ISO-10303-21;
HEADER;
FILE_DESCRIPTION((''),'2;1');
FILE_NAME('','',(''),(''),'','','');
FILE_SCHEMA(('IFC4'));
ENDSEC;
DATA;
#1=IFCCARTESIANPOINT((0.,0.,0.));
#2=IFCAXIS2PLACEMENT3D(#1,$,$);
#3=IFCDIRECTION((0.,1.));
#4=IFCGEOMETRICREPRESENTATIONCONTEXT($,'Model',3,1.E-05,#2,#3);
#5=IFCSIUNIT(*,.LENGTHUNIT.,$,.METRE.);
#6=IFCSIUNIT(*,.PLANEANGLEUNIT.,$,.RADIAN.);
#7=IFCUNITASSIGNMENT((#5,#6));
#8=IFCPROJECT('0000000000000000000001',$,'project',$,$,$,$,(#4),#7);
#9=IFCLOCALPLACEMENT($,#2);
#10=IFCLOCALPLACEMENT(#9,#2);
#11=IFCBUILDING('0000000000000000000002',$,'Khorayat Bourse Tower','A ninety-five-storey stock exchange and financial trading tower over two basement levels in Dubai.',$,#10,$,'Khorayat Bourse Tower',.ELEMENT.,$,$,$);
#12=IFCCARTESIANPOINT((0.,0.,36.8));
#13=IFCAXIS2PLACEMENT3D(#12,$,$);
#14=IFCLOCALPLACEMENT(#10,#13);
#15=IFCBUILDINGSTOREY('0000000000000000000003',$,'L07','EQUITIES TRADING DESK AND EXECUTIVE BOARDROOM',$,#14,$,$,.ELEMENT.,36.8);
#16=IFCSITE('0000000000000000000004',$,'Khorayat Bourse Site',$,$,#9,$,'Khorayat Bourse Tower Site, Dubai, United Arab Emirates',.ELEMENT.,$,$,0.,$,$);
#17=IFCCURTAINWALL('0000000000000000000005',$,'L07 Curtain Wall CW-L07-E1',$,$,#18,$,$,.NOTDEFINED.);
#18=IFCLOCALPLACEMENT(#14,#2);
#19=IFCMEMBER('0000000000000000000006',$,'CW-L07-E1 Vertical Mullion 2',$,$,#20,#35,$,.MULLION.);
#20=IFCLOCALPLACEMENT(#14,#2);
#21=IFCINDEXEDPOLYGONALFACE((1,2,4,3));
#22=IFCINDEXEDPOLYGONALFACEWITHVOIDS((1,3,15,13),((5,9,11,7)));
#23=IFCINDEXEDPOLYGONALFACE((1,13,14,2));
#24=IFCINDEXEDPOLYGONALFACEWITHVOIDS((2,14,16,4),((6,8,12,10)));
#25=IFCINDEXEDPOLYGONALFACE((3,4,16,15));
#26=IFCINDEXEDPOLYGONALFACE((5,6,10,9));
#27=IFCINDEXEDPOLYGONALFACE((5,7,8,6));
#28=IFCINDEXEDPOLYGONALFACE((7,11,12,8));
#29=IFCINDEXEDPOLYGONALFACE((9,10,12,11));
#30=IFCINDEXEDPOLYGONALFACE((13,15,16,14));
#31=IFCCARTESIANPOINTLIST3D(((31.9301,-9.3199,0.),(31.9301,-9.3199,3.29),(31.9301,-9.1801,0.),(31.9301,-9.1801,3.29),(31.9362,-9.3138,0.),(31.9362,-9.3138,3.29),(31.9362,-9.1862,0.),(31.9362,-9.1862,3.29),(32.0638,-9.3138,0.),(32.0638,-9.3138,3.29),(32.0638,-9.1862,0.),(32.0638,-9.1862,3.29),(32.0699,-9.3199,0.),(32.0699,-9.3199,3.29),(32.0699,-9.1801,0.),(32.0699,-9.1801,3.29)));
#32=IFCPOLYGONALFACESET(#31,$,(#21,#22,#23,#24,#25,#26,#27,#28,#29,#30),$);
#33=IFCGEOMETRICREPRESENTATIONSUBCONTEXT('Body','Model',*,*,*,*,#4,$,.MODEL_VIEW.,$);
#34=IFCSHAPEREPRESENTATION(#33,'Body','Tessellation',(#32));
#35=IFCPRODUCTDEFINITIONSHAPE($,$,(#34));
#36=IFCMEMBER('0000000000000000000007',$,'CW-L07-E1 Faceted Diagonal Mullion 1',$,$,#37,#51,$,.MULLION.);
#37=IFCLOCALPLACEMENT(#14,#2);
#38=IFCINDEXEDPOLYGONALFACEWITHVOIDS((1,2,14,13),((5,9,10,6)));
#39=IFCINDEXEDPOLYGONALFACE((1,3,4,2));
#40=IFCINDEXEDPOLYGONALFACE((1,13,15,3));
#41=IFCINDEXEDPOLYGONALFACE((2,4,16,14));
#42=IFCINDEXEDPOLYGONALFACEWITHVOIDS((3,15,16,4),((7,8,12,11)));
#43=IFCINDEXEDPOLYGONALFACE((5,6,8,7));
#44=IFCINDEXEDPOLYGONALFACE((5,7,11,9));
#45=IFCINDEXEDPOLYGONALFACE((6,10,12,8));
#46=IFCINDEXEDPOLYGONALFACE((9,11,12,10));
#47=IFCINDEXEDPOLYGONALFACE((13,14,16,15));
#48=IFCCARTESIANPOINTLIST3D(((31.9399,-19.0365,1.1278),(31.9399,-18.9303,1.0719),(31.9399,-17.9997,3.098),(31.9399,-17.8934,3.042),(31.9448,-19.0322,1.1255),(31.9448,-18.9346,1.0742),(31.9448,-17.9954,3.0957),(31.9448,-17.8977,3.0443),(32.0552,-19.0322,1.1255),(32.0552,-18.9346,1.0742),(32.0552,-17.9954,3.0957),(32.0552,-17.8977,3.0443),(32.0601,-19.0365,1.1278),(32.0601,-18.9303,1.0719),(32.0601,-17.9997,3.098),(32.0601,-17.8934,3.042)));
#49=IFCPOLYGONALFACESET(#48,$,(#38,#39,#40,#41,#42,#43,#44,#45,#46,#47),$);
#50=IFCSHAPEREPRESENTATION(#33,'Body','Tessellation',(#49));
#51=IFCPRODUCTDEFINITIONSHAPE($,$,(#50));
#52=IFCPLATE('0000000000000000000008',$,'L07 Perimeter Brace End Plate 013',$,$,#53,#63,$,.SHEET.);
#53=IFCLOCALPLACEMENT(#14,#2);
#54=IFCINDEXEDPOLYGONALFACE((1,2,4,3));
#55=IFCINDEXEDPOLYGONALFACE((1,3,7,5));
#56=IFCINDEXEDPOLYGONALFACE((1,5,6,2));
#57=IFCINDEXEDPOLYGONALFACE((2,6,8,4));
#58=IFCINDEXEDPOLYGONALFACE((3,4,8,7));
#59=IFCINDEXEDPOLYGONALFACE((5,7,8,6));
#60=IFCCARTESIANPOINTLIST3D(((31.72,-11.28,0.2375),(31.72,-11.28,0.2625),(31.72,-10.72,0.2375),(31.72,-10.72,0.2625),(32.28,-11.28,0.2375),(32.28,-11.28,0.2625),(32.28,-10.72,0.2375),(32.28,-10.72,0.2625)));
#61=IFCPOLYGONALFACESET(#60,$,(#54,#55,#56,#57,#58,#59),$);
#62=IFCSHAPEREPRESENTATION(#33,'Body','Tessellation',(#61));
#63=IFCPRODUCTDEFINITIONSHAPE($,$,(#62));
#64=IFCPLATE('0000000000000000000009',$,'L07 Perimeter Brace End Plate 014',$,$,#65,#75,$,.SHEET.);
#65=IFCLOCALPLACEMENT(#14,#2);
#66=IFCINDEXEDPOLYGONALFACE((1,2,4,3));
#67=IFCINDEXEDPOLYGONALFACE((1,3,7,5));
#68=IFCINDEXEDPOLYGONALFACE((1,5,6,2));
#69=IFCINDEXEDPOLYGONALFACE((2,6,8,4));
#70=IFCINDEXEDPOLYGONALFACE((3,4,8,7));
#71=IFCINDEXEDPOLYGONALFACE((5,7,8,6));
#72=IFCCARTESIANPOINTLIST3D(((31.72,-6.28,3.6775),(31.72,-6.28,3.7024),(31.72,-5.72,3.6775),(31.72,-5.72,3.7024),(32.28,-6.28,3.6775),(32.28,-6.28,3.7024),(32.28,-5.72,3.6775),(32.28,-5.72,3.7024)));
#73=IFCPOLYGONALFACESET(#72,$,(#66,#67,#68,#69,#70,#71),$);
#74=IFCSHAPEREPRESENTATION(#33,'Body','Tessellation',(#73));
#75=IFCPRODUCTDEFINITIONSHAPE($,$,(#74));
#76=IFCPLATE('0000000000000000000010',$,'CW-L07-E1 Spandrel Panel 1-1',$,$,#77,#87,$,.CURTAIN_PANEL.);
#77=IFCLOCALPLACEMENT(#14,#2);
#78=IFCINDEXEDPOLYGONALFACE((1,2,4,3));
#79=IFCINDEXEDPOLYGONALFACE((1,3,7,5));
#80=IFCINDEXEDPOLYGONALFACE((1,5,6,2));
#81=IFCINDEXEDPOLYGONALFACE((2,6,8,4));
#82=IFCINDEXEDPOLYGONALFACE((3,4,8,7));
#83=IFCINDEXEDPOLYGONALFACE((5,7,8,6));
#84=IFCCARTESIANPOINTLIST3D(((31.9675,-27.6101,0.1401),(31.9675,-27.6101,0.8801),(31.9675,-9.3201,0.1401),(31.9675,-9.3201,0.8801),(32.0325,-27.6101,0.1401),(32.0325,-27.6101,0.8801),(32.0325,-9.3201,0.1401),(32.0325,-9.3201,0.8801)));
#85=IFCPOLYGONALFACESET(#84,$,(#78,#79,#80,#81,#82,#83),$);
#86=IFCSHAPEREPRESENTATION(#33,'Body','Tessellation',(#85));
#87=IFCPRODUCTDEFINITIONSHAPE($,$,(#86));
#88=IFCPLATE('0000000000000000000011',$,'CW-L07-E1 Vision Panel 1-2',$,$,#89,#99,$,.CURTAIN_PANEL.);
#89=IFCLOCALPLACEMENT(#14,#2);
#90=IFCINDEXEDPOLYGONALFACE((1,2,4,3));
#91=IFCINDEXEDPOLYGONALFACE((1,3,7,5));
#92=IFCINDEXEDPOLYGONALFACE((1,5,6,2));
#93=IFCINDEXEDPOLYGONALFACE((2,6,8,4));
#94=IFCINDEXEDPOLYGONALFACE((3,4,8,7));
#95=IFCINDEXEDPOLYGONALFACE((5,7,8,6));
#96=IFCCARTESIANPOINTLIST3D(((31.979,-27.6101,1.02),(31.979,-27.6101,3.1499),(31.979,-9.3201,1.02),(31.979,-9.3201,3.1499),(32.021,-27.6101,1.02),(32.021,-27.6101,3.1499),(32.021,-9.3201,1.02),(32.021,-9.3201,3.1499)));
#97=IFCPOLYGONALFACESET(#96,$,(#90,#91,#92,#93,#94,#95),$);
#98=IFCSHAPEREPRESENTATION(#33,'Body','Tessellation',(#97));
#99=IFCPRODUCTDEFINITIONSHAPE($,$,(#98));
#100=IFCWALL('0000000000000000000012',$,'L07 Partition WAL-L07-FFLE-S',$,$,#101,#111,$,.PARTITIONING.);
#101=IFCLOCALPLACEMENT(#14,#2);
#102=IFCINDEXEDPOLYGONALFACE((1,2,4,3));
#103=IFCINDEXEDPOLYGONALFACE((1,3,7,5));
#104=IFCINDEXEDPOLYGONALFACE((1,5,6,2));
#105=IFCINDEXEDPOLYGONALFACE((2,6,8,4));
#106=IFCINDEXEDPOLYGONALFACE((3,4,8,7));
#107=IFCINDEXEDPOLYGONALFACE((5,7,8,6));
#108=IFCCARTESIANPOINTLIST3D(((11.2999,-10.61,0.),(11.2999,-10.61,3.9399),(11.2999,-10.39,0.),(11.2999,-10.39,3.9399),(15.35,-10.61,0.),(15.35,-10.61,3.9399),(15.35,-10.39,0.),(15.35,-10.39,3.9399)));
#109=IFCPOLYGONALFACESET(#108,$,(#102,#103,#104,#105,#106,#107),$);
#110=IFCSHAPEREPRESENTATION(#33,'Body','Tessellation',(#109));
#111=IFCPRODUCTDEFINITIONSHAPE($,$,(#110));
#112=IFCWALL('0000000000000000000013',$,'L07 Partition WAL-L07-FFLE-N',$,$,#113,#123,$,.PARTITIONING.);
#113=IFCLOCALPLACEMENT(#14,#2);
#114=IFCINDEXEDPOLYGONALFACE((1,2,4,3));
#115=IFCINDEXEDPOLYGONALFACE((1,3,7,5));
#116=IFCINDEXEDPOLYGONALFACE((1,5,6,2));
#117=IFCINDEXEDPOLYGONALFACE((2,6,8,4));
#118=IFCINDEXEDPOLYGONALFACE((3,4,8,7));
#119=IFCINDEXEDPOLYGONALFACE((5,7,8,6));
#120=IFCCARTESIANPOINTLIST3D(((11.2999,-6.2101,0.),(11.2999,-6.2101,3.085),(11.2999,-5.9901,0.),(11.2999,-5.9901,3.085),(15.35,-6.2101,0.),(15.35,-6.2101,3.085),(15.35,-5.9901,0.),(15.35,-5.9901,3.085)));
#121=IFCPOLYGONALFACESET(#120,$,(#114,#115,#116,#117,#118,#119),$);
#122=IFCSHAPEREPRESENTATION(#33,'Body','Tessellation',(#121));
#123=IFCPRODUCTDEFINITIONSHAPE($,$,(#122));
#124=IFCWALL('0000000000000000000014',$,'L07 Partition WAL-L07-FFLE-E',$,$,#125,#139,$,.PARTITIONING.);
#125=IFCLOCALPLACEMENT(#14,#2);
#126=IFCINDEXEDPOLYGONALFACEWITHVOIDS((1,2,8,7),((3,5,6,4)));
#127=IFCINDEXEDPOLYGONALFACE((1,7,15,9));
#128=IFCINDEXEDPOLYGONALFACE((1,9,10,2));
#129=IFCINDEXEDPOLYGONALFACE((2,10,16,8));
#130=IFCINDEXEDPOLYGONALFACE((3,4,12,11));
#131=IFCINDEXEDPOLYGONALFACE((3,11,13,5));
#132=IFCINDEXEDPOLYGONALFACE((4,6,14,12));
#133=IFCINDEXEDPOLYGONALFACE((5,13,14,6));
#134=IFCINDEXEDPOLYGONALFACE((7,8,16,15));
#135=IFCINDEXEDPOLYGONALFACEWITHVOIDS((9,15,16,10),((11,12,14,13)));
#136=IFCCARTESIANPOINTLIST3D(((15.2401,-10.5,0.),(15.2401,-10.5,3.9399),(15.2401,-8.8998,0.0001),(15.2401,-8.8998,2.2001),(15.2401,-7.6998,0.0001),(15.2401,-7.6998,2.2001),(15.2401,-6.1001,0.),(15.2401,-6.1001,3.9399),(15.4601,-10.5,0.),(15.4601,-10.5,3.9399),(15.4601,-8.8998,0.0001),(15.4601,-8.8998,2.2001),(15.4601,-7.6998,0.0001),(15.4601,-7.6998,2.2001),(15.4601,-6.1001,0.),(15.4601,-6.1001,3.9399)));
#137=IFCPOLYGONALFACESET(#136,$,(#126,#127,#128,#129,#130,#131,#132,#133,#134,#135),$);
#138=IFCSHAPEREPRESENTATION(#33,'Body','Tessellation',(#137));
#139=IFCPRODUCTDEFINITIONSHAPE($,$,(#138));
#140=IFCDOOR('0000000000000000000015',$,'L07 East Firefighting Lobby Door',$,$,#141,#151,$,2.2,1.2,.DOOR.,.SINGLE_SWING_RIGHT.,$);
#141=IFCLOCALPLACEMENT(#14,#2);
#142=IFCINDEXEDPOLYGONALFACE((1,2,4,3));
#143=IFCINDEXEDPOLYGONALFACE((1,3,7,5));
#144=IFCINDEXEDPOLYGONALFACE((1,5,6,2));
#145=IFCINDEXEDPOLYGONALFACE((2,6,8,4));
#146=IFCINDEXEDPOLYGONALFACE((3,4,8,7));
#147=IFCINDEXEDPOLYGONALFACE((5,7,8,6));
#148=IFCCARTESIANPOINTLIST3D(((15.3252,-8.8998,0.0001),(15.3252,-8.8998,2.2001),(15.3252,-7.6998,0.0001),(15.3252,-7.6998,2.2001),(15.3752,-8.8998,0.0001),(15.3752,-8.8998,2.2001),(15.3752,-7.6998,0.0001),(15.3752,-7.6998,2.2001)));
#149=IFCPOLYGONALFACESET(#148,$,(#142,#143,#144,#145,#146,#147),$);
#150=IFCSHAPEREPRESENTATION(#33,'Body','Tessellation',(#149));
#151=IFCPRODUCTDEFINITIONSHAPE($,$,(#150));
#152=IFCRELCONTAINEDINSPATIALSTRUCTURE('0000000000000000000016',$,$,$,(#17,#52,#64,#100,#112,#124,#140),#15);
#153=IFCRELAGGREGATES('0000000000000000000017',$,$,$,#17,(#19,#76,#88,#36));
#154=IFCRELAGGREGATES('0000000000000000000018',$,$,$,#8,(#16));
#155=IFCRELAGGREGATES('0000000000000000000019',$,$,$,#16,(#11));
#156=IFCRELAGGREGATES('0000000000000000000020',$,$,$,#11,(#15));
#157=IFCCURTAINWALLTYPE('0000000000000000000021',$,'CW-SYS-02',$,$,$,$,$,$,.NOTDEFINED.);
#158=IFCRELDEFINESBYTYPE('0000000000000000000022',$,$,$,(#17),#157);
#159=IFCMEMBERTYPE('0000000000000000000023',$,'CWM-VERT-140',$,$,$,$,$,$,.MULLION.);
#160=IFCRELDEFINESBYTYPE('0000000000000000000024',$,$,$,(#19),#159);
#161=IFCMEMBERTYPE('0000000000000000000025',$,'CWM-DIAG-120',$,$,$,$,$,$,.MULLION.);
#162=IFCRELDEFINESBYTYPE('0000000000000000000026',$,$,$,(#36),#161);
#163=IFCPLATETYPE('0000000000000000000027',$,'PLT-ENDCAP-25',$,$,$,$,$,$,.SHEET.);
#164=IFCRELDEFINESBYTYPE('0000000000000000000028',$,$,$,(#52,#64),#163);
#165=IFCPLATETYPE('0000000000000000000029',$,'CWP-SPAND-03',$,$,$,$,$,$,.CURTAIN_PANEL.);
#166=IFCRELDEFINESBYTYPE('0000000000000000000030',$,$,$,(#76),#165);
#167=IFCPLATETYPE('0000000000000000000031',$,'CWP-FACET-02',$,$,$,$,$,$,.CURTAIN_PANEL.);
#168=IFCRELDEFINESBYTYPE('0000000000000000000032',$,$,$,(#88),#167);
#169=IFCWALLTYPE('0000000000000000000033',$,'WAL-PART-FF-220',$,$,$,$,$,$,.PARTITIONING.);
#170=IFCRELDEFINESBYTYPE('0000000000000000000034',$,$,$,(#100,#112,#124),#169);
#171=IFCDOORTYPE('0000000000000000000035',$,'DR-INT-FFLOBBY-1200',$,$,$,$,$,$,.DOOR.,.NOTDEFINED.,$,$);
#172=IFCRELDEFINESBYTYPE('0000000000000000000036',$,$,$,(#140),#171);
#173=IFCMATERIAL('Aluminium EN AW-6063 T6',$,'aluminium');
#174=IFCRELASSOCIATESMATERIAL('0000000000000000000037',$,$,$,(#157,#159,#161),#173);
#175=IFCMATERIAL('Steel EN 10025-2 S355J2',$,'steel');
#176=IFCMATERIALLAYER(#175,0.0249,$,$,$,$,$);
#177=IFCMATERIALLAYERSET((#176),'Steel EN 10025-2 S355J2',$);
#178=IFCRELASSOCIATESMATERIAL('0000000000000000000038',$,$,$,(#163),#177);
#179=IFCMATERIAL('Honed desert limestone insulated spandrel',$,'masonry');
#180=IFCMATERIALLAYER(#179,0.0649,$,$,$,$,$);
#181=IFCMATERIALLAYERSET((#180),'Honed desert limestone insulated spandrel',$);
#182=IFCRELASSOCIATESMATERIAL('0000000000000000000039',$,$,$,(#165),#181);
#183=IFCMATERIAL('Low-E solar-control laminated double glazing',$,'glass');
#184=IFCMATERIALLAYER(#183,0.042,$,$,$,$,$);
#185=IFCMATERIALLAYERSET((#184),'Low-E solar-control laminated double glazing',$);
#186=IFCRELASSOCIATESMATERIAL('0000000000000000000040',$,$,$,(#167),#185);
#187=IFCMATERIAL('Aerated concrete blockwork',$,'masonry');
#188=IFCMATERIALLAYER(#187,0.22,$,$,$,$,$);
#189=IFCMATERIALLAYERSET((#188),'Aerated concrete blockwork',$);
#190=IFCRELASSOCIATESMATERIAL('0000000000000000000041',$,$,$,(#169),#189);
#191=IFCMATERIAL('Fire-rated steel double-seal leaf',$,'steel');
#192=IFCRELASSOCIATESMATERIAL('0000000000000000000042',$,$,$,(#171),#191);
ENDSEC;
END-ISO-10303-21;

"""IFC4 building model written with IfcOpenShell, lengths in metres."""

from ifc_helpers import new_model, si_unit, direction, frame, frame_2d, origin, origin_2d, place, context, subcontext, project, spatial, rectangle, hollow_rectangle, extrude, source, transform, mapped, material, layer, layer_set, material_profile, profile_set, type_object, element, fill, aggregate, save


model = new_model("IFC4")

# Units and contexts
model_context = context("Model", 3, precision=1e-05, world=origin(), true_north=direction((0.0, 1.0)))
body_context = subcontext(model_context, "Body", "Model", "MODEL_VIEW")
ifc_project = project(units=[si_unit("LENGTHUNIT", "METRE"), si_unit("PLANEANGLEUNIT", "RADIAN")], contexts=[model_context])

# Site, building, storey
site_placement = place(None, origin())
site = spatial("IfcSite", under=ifc_project, at=site_placement, Name="Khorayat Bourse Site", LongName="Khorayat Bourse Tower Site, Dubai, United Arab Emirates", CompositionType="ELEMENT", RefElevation=0.0)
building_placement = place(site_placement, origin())
building = spatial("IfcBuilding", under=site, at=building_placement, Name="Khorayat Bourse Tower", Description="A ninety-five-storey stock exchange and financial trading tower over two basement levels in Dubai.", LongName="Khorayat Bourse Tower", CompositionType="ELEMENT")
storey_placement = place(building_placement, frame((0.0, 0.0, 36.8)))
storey = spatial("IfcBuildingStorey", under=building, at=storey_placement, Name="L07", Description="EQUITIES TRADING DESK AND EXECUTIVE BOARDROOM", CompositionType="ELEMENT", Elevation=36.8)

# Curtain wall, members
ifc_material_1 = material(Name="Aluminium EN AW-6063 T6", Category="aluminium")
curtain_wall_type = type_object("IfcCurtainWallType", Name="CW-SYS-02", PredefinedType="NOTDEFINED", material=ifc_material_1)
curtain_wall_placement = place(storey_placement, origin())
curtain_wall = element("IfcCurtainWall", 1, at=curtain_wall_placement, inside=storey, type_object=curtain_wall_type, Name="L07 Curtain Wall CW-L07-E1", PredefinedType="NOTDEFINED")
ifc_material_profile_1 = material_profile(ifc_material_1, hollow_rectangle(XDim=0.1399, YDim=0.1399, WallThickness=0.0061, at=origin_2d()), Name="ALU 140x140x6")
ifc_profile_set_1 = profile_set([ifc_material_profile_1], Name="Aluminium EN AW-6063 T6")
member_type_1 = type_object("IfcMemberType", Name="CWM-VERT-140", PredefinedType="MULLION", material=ifc_profile_set_1)
shared_shape_1 = source(origin(), body_context, "Body", "SweptSolid", [
    extrude(hollow_rectangle(XDim=0.1399, YDim=0.1399, WallThickness=0.0061, at=origin_2d()), origin(), (0.0, 0.0, 1.0), 3.29),
])
member_1_placement = place(storey_placement, frame((32.0, -9.25, 0.0), z_axis=(0.0, 0.0, 1.0), x_axis=(-1.0, 0.0, 0.0)))
member_1 = element("IfcMember", 2, at=member_1_placement, type_object=member_type_1, Name="CW-L07-E1 Vertical Mullion 2", PredefinedType="MULLION", context=body_context, shape_type="MappedRepresentation", body=[
    mapped(shared_shape_1, transform((0.0, 0.0, 0.0), scale=1.0)),
])
ifc_material_profile_2 = material_profile(ifc_material_1, hollow_rectangle(XDim=0.1201, YDim=0.1201, WallThickness=0.0049, at=origin_2d()), Name="ALU 120x120x5")
ifc_profile_set_2 = profile_set([ifc_material_profile_2], Name="Aluminium EN AW-6063 T6")
member_type_2 = type_object("IfcMemberType", Name="CWM-DIAG-120", PredefinedType="MULLION", material=ifc_profile_set_2)
shared_shape_2 = source(origin(), body_context, "Body", "SweptSolid", [
    extrude(hollow_rectangle(XDim=0.1201, YDim=0.1201, WallThickness=0.0049, at=origin_2d()), origin(), (0.0, 0.0, 1.0), 2.2263),
])
member_2_placement = place(storey_placement, frame((32.0, -18.9834, 1.0999), z_axis=(0.0, 0.465715, 0.884935), x_axis=(-1.0, 0.0, 0.0)))
member_2 = element("IfcMember", 3, at=member_2_placement, type_object=member_type_2, Name="CW-L07-E1 Faceted Diagonal Mullion 1", PredefinedType="MULLION", context=body_context, shape_type="MappedRepresentation", body=[
    mapped(shared_shape_2, transform((0.0, 0.0, 0.0), scale=1.0)),
])

# Plates
ifc_material_2 = material(Name="Steel EN 10025-2 S355J2", Category="steel")
ifc_layer_1 = layer(ifc_material_2, 0.0249)
ifc_layer_set_1 = layer_set([ifc_layer_1], Name="Steel EN 10025-2 S355J2")
plate_type_1 = type_object("IfcPlateType", Name="PLT-ENDCAP-25", PredefinedType="SHEET", material=ifc_layer_set_1)
shared_shape_3 = source(origin(), body_context, "Body", "SweptSolid", [
    extrude(rectangle(XDim=0.5601, YDim=0.5601, at=origin_2d()), origin(), (0.0, 0.0, 1.0), 0.0249),
])
for number, where, z_axis, x_axis, name in (
    (4, (32.0, -11.0, 0.2375), (0.0, 0.0, 1.0), (1.0, 0.0, 0.0), "L07 Perimeter Brace End Plate 013"),
    (5, (32.0, -6.0, 3.6775), (0.0, 0.0, 1.0), (1.0, 0.0, 0.0), "L07 Perimeter Brace End Plate 014"),
):
    element("IfcPlate", number, at=place(storey_placement, frame(where, z_axis=z_axis, x_axis=x_axis)), inside=storey, type_object=plate_type_1, Name=name, PredefinedType="SHEET", context=body_context, shape_type="MappedRepresentation", body=[
        mapped(shared_shape_3, transform((0.0, 0.0, 0.0), scale=1.0)),
    ])

# Plates
ifc_material_3 = material(Name="Honed desert limestone insulated spandrel", Category="masonry")
ifc_layer_2 = layer(ifc_material_3, 0.0649)
ifc_layer_set_2 = layer_set([ifc_layer_2], Name="Honed desert limestone insulated spandrel")
plate_type_2 = type_object("IfcPlateType", Name="CWP-SPAND-03", PredefinedType="CURTAIN_PANEL", material=ifc_layer_set_2)
shared_shape_4 = source(origin(), body_context, "Body", "SweptSolid", [
    extrude(rectangle(XDim=18.29, YDim=0.0649, at=origin_2d()), origin(), (0.0, 0.0, 1.0), 0.74),
])
plate_1_placement = place(storey_placement, frame((32.0, -18.4651, 0.1401), z_axis=(0.0, 0.0, 1.0), x_axis=(0.0, 1.0, 0.0)))
plate_1 = element("IfcPlate", 6, at=plate_1_placement, type_object=plate_type_2, Name="CW-L07-E1 Spandrel Panel 1-1", PredefinedType="CURTAIN_PANEL", context=body_context, shape_type="MappedRepresentation", body=[
    mapped(shared_shape_4, transform((0.0, 0.0, 0.0), scale=1.0)),
])
ifc_material_4 = material(Name="Low-E solar-control laminated double glazing", Category="glass")
ifc_layer_3 = layer(ifc_material_4, 0.042)
ifc_layer_set_3 = layer_set([ifc_layer_3], Name="Low-E solar-control laminated double glazing")
plate_type_3 = type_object("IfcPlateType", Name="CWP-FACET-02", PredefinedType="CURTAIN_PANEL", material=ifc_layer_set_3)
shared_shape_5 = source(origin(), body_context, "Body", "SweptSolid", [
    extrude(rectangle(XDim=18.29, YDim=0.042, at=origin_2d()), origin(), (0.0, 0.0, 1.0), 2.1299),
])
plate_2_placement = place(storey_placement, frame((32.0, -18.4651, 1.02), z_axis=(0.0, 0.0, 1.0), x_axis=(0.0, 1.0, 0.0)))
plate_2 = element("IfcPlate", 7, at=plate_2_placement, type_object=plate_type_3, Name="CW-L07-E1 Vision Panel 1-2", PredefinedType="CURTAIN_PANEL", context=body_context, shape_type="MappedRepresentation", body=[
    mapped(shared_shape_5, transform((0.0, 0.0, 0.0), scale=1.0)),
])
aggregate(curtain_wall, [member_1, plate_1, plate_2, member_2])

# Walls
ifc_material_5 = material(Name="Aerated concrete blockwork", Category="masonry")
ifc_layer_4 = layer(ifc_material_5, 0.22)
ifc_layer_set_4 = layer_set([ifc_layer_4], Name="Aerated concrete blockwork")
wall_type_1 = type_object("IfcWallType", Name="WAL-PART-FF-220", PredefinedType="PARTITIONING", material=ifc_layer_set_4)
shared_shape_6 = source(origin(), body_context, "Body", "SweptSolid", [
    extrude(rectangle(XDim=4.05, YDim=0.22, at=frame_2d((2.0249, 0.0))), origin(), (0.0, 0.0, 1.0), 3.9399),
])
wall_1_placement = place(storey_placement, frame((11.3, -10.5, 0.0), z_axis=(0.0, 0.0, 1.0), x_axis=(1.0, 0.0, 0.0)))
element("IfcWall", 8, at=wall_1_placement, inside=storey, type_object=wall_type_1, Name="L07 Partition WAL-L07-FFLE-S", PredefinedType="PARTITIONING", context=body_context, shape_type="MappedRepresentation", body=[
    mapped(shared_shape_6, transform((0.0, 0.0, 0.0), scale=1.0)),
])
shared_shape_7 = source(origin(), body_context, "Body", "SweptSolid", [
    extrude(rectangle(XDim=4.05, YDim=0.22, at=frame_2d((2.0249, 0.0))), origin(), (0.0, 0.0, 1.0), 3.085),
])
wall_2_placement = place(storey_placement, frame((11.3, -6.1001, 0.0), z_axis=(0.0, 0.0, 1.0), x_axis=(1.0, 0.0, 0.0)))
element("IfcWall", 9, at=wall_2_placement, inside=storey, type_object=wall_type_1, Name="L07 Partition WAL-L07-FFLE-N", PredefinedType="PARTITIONING", context=body_context, shape_type="MappedRepresentation", body=[
    mapped(shared_shape_7, transform((0.0, 0.0, 0.0), scale=1.0)),
])

# Wall, opening, door
shared_shape_8 = source(origin(), body_context, "Body", "SweptSolid", [
    extrude(rectangle(XDim=4.3999, YDim=0.22, at=frame_2d((2.2, 0.0))), origin(), (0.0, 0.0, 1.0), 3.9399),
])
wall_3_placement = place(storey_placement, frame((15.3501, -10.5, 0.0), z_axis=(0.0, 0.0, 1.0), x_axis=(0.0, 1.0, 0.0)))
wall_3 = element("IfcWall", 10, at=wall_3_placement, inside=storey, type_object=wall_type_1, Name="L07 Partition WAL-L07-FFLE-E", PredefinedType="PARTITIONING", context=body_context, shape_type="MappedRepresentation", body=[
    mapped(shared_shape_8, transform((0.0, 0.0, 0.0), scale=1.0)),
])
shared_shape_9 = source(origin(), body_context, "Body", "SweptSolid", [
    extrude(rectangle(XDim=1.2, YDim=2.2, at=frame_2d((0.6001, 1.1001))), frame((0.0, 0.1199, 0.0), z_axis=(0.0, -1.0, 0.0), x_axis=(1.0, 0.0, 0.0)), (0.0, 0.0, 1.0), 0.24),
])
opening_1_placement = place(wall_3_placement, frame((1.6001, 0.0, 0.0)))
opening_1 = element("IfcOpeningElement", 11, at=opening_1_placement, cuts=wall_3, PredefinedType="OPENING", context=body_context, shape_type="MappedRepresentation", body=[
    mapped(shared_shape_9, transform((0.0, 0.0, 0.0), scale=1.0)),
])
ifc_material_6 = material(Name="Fire-rated steel double-seal leaf", Category="steel")
door_type_1 = type_object("IfcDoorType", Name="DR-INT-FFLOBBY-1200", OperationType="NOTDEFINED", PredefinedType="DOOR", material=ifc_material_6)
shared_shape_10 = source(origin(), body_context, "Body", "SweptSolid", [
    extrude(rectangle(XDim=1.2, YDim=2.2, at=frame_2d((0.6001, 1.1001))), frame((0.0, 0.0249, 0.0), z_axis=(0.0, -1.0, 0.0), x_axis=(1.0, 0.0, 0.0)), (0.0, 0.0, 1.0), 0.05),
])
door_1_placement = place(opening_1_placement, origin())
door_1 = element("IfcDoor", 12, at=door_1_placement, inside=storey, type_object=door_type_1, Name="L07 East Firefighting Lobby Door", OperationType="SINGLE_SWING_RIGHT", OverallHeight=2.2, OverallWidth=1.2, PredefinedType="DOOR", context=body_context, shape_type="MappedRepresentation", body=[
    mapped(shared_shape_10, transform((0.0, 0.0, 0.0), scale=1.0)),
])
fill(opening_1, door_1)

save(model, "model.ifc")
